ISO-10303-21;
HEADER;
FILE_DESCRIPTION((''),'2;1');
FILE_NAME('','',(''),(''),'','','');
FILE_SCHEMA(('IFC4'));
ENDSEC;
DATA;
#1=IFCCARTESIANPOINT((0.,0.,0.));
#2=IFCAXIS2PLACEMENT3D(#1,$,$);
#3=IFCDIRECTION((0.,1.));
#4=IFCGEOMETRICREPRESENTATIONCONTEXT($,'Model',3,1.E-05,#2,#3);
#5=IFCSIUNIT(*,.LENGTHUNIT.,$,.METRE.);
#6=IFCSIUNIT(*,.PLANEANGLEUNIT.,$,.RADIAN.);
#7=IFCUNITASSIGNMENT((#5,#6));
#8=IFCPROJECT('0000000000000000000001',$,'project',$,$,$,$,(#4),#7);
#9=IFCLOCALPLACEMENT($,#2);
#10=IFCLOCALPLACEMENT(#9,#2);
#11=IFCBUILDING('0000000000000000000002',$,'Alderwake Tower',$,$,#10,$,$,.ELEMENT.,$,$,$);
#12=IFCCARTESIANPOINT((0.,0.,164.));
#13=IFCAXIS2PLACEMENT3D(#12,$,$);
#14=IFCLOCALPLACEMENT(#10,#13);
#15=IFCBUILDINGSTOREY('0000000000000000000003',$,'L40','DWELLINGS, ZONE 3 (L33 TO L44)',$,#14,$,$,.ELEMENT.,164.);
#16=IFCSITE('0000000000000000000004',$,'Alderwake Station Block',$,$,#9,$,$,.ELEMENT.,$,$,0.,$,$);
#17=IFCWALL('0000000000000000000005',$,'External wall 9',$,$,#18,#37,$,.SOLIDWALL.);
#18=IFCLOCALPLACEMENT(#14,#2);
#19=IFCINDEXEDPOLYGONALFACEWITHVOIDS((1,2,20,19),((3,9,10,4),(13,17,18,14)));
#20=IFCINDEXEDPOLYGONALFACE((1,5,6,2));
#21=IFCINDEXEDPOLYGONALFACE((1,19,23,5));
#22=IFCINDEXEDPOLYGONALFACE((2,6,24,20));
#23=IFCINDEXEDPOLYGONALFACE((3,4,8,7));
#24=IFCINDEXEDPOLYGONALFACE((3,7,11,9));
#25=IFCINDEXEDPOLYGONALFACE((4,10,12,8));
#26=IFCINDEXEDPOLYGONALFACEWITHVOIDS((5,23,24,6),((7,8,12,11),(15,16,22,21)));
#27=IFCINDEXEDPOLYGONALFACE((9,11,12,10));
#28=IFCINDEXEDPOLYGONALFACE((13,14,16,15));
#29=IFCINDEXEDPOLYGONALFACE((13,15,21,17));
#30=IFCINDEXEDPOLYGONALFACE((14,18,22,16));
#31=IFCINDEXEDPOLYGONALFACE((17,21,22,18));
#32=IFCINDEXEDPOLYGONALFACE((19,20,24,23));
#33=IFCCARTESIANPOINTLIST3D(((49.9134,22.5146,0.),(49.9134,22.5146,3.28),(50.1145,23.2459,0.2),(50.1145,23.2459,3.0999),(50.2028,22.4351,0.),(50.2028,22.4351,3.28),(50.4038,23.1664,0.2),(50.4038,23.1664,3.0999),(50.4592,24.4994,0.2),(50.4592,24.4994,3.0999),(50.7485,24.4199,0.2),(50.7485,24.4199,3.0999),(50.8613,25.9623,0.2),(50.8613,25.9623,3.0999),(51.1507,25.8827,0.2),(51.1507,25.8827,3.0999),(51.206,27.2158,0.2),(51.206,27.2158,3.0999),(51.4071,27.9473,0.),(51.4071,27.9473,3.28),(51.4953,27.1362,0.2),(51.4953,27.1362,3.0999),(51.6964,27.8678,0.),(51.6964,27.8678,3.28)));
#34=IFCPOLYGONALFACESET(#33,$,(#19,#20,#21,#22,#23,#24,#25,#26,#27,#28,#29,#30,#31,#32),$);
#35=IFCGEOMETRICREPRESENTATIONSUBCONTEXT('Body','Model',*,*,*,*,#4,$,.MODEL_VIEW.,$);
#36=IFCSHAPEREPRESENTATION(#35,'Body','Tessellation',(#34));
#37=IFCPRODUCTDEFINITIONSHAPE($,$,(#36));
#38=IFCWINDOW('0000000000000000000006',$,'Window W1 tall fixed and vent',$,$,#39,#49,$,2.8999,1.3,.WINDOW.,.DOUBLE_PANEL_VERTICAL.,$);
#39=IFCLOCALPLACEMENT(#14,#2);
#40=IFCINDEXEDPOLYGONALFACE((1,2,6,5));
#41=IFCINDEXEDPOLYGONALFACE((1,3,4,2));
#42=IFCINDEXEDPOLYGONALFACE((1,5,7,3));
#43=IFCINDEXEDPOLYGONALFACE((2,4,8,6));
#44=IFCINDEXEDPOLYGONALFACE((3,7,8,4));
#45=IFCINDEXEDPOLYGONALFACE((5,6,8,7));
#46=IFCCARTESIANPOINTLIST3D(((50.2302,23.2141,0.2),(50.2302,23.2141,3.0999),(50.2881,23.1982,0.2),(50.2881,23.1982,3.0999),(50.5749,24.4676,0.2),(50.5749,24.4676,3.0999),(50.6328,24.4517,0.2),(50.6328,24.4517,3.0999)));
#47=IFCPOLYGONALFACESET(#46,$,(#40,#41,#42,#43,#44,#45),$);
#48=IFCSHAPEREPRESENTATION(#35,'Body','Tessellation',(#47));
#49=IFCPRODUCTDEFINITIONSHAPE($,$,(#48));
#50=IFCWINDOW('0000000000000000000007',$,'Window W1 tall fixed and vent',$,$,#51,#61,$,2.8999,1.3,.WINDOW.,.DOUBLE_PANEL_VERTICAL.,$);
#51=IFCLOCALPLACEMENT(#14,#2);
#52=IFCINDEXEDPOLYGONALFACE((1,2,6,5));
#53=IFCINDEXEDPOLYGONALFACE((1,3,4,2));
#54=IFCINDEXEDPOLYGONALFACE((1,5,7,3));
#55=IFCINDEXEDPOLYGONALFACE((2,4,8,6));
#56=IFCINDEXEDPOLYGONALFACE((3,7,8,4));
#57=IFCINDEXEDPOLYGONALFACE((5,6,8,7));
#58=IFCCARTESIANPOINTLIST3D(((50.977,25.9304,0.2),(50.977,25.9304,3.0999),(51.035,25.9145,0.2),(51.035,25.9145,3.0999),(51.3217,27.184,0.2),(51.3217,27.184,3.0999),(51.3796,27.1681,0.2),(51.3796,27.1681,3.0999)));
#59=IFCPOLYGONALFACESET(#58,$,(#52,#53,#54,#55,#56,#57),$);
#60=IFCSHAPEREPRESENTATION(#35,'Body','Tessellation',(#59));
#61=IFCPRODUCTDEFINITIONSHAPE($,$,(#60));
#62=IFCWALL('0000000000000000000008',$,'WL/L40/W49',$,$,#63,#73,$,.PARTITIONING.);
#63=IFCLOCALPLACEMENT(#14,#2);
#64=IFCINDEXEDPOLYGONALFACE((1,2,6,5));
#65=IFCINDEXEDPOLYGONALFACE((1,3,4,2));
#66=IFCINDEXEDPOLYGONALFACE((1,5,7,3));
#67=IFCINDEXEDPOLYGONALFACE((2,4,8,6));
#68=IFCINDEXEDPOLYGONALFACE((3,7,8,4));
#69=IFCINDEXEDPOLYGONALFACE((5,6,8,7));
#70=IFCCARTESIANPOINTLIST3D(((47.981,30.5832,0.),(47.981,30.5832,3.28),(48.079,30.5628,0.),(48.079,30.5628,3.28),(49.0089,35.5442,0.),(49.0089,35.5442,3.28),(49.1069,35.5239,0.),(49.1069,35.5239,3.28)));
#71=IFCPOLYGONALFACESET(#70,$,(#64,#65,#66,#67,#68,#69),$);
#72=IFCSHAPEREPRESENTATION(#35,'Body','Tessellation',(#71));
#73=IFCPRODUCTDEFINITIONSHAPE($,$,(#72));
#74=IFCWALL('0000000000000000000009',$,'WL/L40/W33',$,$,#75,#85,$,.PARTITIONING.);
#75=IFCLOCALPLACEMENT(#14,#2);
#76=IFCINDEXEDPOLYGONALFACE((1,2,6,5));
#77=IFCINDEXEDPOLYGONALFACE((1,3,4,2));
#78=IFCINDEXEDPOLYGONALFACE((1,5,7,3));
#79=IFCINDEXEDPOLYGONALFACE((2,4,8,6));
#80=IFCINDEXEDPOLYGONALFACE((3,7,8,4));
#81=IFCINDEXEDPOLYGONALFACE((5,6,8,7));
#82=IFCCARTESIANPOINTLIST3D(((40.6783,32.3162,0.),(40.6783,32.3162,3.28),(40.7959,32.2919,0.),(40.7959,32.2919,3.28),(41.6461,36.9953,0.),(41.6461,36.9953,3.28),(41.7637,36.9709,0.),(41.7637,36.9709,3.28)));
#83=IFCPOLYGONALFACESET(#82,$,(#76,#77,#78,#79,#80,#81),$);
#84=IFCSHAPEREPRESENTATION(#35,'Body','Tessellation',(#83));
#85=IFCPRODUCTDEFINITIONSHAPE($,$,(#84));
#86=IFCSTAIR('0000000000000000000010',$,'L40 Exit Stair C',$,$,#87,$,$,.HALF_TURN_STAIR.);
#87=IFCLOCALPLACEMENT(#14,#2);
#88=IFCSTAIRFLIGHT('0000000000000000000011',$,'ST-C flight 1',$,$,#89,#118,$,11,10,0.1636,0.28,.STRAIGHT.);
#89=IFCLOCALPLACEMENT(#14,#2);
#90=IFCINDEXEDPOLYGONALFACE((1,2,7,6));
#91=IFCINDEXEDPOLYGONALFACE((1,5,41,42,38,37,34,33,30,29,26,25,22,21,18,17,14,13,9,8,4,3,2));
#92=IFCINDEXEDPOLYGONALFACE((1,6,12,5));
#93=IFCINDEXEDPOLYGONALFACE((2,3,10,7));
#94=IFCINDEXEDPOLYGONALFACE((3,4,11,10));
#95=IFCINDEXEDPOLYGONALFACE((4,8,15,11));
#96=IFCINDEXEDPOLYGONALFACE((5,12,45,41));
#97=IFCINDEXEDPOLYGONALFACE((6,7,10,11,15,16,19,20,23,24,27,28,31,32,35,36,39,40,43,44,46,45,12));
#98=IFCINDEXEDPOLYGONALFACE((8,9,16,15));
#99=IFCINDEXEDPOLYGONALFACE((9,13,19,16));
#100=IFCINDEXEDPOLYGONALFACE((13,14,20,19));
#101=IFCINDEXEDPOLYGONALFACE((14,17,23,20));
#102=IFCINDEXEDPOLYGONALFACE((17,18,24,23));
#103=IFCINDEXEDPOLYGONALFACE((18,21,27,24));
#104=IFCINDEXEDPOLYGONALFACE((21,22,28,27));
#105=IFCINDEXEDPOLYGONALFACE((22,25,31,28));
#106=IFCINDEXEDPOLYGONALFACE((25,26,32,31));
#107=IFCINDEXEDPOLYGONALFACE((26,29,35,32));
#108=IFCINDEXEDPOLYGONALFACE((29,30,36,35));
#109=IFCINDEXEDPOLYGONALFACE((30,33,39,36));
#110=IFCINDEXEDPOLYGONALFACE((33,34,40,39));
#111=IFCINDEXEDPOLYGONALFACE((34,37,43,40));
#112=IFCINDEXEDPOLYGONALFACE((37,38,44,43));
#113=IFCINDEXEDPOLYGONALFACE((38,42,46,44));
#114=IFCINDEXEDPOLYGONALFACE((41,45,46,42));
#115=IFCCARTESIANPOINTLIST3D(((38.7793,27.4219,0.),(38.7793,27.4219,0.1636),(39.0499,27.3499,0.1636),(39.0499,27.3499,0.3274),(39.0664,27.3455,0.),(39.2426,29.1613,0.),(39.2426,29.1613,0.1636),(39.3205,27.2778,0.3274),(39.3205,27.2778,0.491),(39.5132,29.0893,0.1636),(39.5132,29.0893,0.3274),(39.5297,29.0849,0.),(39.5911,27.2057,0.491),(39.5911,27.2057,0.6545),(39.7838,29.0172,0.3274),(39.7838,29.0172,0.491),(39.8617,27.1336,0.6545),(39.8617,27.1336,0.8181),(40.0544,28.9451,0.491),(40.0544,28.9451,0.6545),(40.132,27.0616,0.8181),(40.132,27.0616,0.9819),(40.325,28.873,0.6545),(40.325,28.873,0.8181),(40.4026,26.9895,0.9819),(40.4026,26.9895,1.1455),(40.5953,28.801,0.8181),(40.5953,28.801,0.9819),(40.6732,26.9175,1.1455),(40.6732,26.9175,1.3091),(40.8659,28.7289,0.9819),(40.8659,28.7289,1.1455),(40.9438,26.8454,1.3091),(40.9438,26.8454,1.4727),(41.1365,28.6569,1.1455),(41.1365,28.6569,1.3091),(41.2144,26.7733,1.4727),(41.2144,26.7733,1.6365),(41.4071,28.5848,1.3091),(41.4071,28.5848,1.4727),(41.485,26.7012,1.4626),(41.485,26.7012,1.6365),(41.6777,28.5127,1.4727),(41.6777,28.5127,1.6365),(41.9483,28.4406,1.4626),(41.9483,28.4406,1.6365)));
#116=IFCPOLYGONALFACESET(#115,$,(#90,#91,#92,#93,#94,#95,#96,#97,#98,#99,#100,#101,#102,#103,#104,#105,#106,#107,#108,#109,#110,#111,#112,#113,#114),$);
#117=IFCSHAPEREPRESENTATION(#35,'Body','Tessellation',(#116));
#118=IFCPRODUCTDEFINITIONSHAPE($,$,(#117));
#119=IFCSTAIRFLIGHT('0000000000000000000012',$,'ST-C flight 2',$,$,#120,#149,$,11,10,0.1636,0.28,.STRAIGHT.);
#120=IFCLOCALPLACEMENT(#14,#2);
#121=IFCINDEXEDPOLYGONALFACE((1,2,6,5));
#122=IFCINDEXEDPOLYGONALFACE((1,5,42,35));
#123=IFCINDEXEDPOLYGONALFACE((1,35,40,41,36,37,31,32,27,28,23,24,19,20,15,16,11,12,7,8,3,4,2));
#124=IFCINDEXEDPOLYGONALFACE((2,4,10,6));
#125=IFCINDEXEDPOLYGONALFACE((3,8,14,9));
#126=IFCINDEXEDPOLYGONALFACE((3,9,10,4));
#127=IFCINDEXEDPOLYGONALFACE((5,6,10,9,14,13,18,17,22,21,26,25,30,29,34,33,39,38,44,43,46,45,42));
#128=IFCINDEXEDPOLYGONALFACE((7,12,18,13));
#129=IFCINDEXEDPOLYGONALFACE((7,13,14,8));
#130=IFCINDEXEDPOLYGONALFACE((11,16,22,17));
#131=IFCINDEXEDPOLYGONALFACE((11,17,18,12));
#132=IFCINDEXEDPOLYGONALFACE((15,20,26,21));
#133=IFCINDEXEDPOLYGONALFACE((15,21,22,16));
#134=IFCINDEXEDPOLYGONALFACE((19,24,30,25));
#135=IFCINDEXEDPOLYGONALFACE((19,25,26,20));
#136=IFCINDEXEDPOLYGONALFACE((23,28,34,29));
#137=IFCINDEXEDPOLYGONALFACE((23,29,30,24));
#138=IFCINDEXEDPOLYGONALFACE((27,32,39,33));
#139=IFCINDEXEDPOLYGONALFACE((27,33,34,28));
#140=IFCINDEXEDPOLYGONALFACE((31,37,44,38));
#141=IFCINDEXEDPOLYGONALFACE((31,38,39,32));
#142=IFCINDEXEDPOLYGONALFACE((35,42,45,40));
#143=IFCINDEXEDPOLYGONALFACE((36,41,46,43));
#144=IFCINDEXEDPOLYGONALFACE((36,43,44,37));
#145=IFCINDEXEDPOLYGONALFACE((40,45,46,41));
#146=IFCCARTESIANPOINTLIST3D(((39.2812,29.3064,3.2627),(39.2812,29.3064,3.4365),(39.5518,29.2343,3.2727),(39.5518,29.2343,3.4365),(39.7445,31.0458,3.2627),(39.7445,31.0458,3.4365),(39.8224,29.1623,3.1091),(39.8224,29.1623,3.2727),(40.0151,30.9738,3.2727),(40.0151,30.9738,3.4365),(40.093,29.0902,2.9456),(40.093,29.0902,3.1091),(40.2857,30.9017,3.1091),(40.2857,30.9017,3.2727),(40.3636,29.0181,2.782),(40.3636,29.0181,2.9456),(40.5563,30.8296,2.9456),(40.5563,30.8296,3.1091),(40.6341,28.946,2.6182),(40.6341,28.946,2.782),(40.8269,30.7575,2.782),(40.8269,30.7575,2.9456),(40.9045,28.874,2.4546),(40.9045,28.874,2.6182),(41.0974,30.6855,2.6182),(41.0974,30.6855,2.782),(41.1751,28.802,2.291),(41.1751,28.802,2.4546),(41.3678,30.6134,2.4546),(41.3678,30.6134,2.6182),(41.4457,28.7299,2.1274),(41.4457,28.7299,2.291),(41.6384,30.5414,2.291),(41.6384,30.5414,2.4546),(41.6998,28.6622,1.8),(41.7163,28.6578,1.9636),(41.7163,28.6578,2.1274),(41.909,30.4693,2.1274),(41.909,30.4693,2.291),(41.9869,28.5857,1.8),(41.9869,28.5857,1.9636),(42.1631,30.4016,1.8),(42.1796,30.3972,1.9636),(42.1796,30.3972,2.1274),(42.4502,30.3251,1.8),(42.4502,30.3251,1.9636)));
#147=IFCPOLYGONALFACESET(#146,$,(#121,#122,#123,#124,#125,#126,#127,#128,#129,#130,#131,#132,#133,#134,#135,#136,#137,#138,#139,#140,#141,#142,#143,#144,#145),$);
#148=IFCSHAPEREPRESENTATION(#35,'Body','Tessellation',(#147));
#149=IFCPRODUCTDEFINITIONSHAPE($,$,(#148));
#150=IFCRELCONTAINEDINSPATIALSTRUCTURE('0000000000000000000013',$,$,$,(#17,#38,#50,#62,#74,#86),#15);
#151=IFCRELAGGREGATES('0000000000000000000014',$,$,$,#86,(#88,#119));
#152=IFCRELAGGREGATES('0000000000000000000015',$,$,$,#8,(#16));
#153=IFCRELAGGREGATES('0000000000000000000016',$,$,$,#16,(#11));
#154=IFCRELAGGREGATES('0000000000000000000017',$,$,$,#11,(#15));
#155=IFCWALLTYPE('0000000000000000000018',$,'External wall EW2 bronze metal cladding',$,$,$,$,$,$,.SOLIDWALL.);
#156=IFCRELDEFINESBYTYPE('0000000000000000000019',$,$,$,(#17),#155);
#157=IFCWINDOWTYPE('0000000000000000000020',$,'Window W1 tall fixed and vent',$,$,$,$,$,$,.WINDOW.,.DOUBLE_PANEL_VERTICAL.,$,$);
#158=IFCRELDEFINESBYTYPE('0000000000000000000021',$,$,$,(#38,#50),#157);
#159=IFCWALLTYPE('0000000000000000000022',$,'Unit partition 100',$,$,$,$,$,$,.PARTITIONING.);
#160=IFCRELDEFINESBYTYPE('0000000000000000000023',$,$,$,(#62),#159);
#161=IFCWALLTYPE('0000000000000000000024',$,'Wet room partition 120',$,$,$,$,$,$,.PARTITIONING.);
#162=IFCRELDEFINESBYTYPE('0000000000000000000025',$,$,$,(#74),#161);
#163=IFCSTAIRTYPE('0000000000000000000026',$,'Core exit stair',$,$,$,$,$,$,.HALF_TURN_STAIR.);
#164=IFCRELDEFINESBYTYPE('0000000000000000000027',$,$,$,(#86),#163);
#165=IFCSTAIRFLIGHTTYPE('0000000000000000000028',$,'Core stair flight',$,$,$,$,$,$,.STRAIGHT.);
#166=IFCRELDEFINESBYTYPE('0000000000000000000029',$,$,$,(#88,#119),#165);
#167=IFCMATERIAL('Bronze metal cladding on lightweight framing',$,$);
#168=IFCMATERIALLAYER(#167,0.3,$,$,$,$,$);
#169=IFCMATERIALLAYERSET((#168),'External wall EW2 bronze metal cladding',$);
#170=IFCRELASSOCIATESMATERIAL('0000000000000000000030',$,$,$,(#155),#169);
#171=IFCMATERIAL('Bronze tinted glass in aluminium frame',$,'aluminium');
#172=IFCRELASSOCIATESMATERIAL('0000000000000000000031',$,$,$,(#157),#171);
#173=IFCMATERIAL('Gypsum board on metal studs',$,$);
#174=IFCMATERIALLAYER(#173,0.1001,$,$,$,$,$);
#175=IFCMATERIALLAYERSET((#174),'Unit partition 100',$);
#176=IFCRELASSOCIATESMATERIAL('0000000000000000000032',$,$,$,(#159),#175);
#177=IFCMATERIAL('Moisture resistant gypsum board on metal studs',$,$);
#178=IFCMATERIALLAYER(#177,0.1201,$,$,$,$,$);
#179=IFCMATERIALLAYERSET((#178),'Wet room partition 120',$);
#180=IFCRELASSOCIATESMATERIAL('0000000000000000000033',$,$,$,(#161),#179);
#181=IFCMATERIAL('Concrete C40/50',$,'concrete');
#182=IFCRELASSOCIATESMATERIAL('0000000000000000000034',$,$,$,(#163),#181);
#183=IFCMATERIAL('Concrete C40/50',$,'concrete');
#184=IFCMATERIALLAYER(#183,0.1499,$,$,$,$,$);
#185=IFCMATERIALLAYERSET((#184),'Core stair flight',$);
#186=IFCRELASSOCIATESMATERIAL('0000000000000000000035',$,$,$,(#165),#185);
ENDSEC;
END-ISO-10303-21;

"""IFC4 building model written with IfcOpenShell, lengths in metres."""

from ifc_helpers import new_model, si_unit, direction, frame, frame_2d, origin, place, context, subcontext, project, spatial, polyline, rectangle, outline, extrude, material, layer, layer_set, type_object, element, fill, aggregate, save


model = new_model("IFC4")

# Units and contexts
model_context = context("Model", 3, precision=1e-05, world=origin(), true_north=direction((0.0, 1.0)))
body_context = subcontext(model_context, "Body", "Model", "MODEL_VIEW")
ifc_project = project(units=[si_unit("LENGTHUNIT", "METRE"), si_unit("PLANEANGLEUNIT", "RADIAN")], contexts=[model_context])

# Site, building, storey
site_placement = place(None, origin())
site = spatial("IfcSite", under=ifc_project, at=site_placement, Name="Alderwake Station Block", CompositionType="ELEMENT", RefElevation=0.0)
building_placement = place(site_placement, origin())
building = spatial("IfcBuilding", under=site, at=building_placement, Name="Alderwake Tower", CompositionType="ELEMENT")
storey_placement = place(building_placement, frame((0.0, 0.0, 164.0)))
storey = spatial("IfcBuildingStorey", under=building, at=storey_placement, Name="L40", Description="DWELLINGS, ZONE 3 (L33 TO L44)", CompositionType="ELEMENT", Elevation=164.0)

# Shared definitions
ifc_material_1 = material(Name="Bronze metal cladding on lightweight framing")
ifc_layer_1 = layer(ifc_material_1, 0.3)
ifc_layer_set_1 = layer_set([ifc_layer_1], Name="External wall EW2 bronze metal cladding")
wall_type_1 = type_object("IfcWallType", Name="External wall EW2 bronze metal cladding", PredefinedType="SOLIDWALL", material=ifc_layer_set_1)
ifc_material_2 = material(Name="Bronze tinted glass in aluminium frame", Category="aluminium")
window_type = type_object("IfcWindowType", Name="Window W1 tall fixed and vent", PartitioningType="DOUBLE_PANEL_VERTICAL", PredefinedType="WINDOW", material=ifc_material_2)

# Wall, openings, windows
wall_1_placement = place(storey_placement, frame((50.0581, 22.4749, 0.0), z_axis=(0.0, 0.0, 1.0), x_axis=(0.265104, 0.96422, 0.0)))
wall_1 = element("IfcWall", 1, at=wall_1_placement, inside=storey, type_object=wall_type_1, Name="External wall 9", PredefinedType="SOLIDWALL", context=body_context, shape_type="SweptSolid", body=[
    extrude(rectangle(XDim=5.6343, YDim=0.3, at=frame_2d((2.8171, 0.0))), origin(), (0.0, 0.0, 1.0), 3.28),
])
opening_1_placement = place(wall_1_placement, frame((0.7585, 0.0, 0.2)))
opening_1 = element("IfcOpeningElement", 2, at=opening_1_placement, cuts=wall_1, PredefinedType="OPENING", context=body_context, shape_type="SweptSolid", body=[
    extrude(rectangle(XDim=1.3, YDim=2.8999, at=frame_2d((0.6499, 1.45))), frame((0.0, 0.1599, 0.0), z_axis=(0.0, -1.0, 0.0), x_axis=(1.0, 0.0, 0.0)), (0.0, 0.0, 1.0), 0.3201),
])
opening_2_placement = place(wall_1_placement, frame((3.5757, 0.0, 0.2)))
opening_2 = element("IfcOpeningElement", 3, at=opening_2_placement, cuts=wall_1, PredefinedType="OPENING", context=body_context, shape_type="SweptSolid", body=[
    extrude(rectangle(XDim=1.3, YDim=2.8999, at=frame_2d((0.6499, 1.45))), frame((0.0, 0.1599, 0.0), z_axis=(0.0, -1.0, 0.0), x_axis=(1.0, 0.0, 0.0)), (0.0, 0.0, 1.0), 0.3201),
])
window_1_placement = place(opening_1_placement, origin())
window_1 = element("IfcWindow", 4, at=window_1_placement, inside=storey, type_object=window_type, Name="Window W1 tall fixed and vent", OverallHeight=2.8999, OverallWidth=1.3, PartitioningType="DOUBLE_PANEL_VERTICAL", PredefinedType="WINDOW", context=body_context, shape_type="SweptSolid", body=[
    extrude(rectangle(XDim=1.3, YDim=2.8999, at=frame_2d((0.6499, 1.45))), frame((0.0, 0.03, 0.0), z_axis=(0.0, -1.0, 0.0), x_axis=(1.0, 0.0, 0.0)), (0.0, 0.0, 1.0), 0.0601),
])
fill(opening_1, window_1)
window_2_placement = place(opening_2_placement, origin())
window_2 = element("IfcWindow", 5, at=window_2_placement, inside=storey, type_object=window_type, Name="Window W1 tall fixed and vent", OverallHeight=2.8999, OverallWidth=1.3, PartitioningType="DOUBLE_PANEL_VERTICAL", PredefinedType="WINDOW", context=body_context, shape_type="SweptSolid", body=[
    extrude(rectangle(XDim=1.3, YDim=2.8999, at=frame_2d((0.6499, 1.45))), frame((0.0, 0.03, 0.0), z_axis=(0.0, -1.0, 0.0), x_axis=(1.0, 0.0, 0.0)), (0.0, 0.0, 1.0), 0.0601),
])
fill(opening_2, window_2)

# Walls
ifc_material_3 = material(Name="Gypsum board on metal studs")
ifc_layer_2 = layer(ifc_material_3, 0.1001)
ifc_layer_set_2 = layer_set([ifc_layer_2], Name="Unit partition 100")
wall_type_2 = type_object("IfcWallType", Name="Unit partition 100", PredefinedType="PARTITIONING", material=ifc_layer_set_2)
wall_2_placement = place(storey_placement, frame((48.03, 30.573, 0.0), z_axis=(0.0, 0.0, 1.0), x_axis=(0.202876, 0.979204, 0.0)))
element("IfcWall", 6, at=wall_2_placement, inside=storey, type_object=wall_type_2, Name="WL/L40/W49", PredefinedType="PARTITIONING", context=body_context, shape_type="SweptSolid", body=[
    extrude(rectangle(XDim=5.0664, YDim=0.1001, at=frame_2d((2.5332, 0.0))), origin(), (0.0, 0.0, 1.0), 3.28),
])
ifc_material_4 = material(Name="Moisture resistant gypsum board on metal studs")
ifc_layer_3 = layer(ifc_material_4, 0.1201)
ifc_layer_set_3 = layer_set([ifc_layer_3], Name="Wet room partition 120")
wall_type_3 = type_object("IfcWallType", Name="Wet room partition 120", PredefinedType="PARTITIONING", material=ifc_layer_set_3)
wall_3_placement = place(storey_placement, frame((40.7371, 32.304, 0.0), z_axis=(0.0, 0.0, 1.0), x_axis=(0.202548, 0.979272, 0.0)))
element("IfcWall", 7, at=wall_3_placement, inside=storey, type_object=wall_type_3, Name="WL/L40/W33", PredefinedType="PARTITIONING", context=body_context, shape_type="SweptSolid", body=[
    extrude(rectangle(XDim=4.7781, YDim=0.1201, at=frame_2d((2.3892, 0.0))), origin(), (0.0, 0.0, 1.0), 3.28),
])

# Stair, stair flights
ifc_material_5 = material(Name="Concrete C40/50", Category="concrete")
stair_type = type_object("IfcStairType", Name="Core exit stair", PredefinedType="HALF_TURN_STAIR", material=ifc_material_5)
stair_placement = place(storey_placement, origin())
stair = element("IfcStair", 8, at=stair_placement, inside=storey, type_object=stair_type, Name="L40 Exit Stair C", PredefinedType="HALF_TURN_STAIR")
ifc_material_6 = material(Name="Concrete C40/50", Category="concrete")
ifc_layer_4 = layer(ifc_material_6, 0.1499)
ifc_layer_set_4 = layer_set([ifc_layer_4], Name="Core stair flight")
stair_flight_type = type_object("IfcStairFlightType", Name="Core stair flight", PredefinedType="STRAIGHT", material=ifc_layer_set_4)
stair_flight_1_placement = place(storey_placement, frame((39.011, 28.2917, 0.0), z_axis=(0.0, 0.0, 1.0), x_axis=(0.96631, -0.257382, 0.0)))
stair_flight_1 = element("IfcStairFlight", 9, at=stair_flight_1_placement, type_object=stair_flight_type, Name="ST-C flight 1", NumberOfRisers=11, NumberOfTreads=10, PredefinedType="STRAIGHT", RiserHeight=0.1636, TreadLength=0.28, context=body_context, shape_type="SweptSolid", body=[
    extrude(outline(polyline([(0.0, 0.0), (0.0, 0.1636), (0.28, 0.1636), (0.28, 0.3274), (0.5601, 0.3274), (0.5601, 0.491), (0.8401, 0.491), (0.8401, 0.6545), (1.1201, 0.6545), (1.1201, 0.8181), (1.3999, 0.8181), (1.3999, 0.9819), (1.6799, 0.9819), (1.6799, 1.1455), (1.96, 1.1455), (1.96, 1.3091), (2.24, 1.3091), (2.24, 1.4727), (2.52, 1.4727), (2.52, 1.6365), (2.8, 1.6365), (2.8, 1.8), (2.8, 1.4626), (0.2971, 0.0), (0.0, 0.0)])), frame((0.0, 0.8999, 0.0), z_axis=(0.0, -1.0, 0.0), x_axis=(1.0, 0.0, 0.0)), (0.0, 0.0, 1.0), 1.8),
])
stair_flight_2_placement = place(storey_placement, frame((42.2185, 29.4553, 1.8), z_axis=(0.0, 0.0, 1.0), x_axis=(-0.96631, 0.257382, 0.0)))
stair_flight_2 = element("IfcStairFlight", 10, at=stair_flight_2_placement, type_object=stair_flight_type, Name="ST-C flight 2", NumberOfRisers=11, NumberOfTreads=10, PredefinedType="STRAIGHT", RiserHeight=0.1636, TreadLength=0.28, context=body_context, shape_type="SweptSolid", body=[
    extrude(outline(polyline([(0.0, 0.0), (0.0, 0.1636), (0.28, 0.1636), (0.28, 0.3274), (0.5601, 0.3274), (0.5601, 0.491), (0.8401, 0.491), (0.8401, 0.6545), (1.1201, 0.6545), (1.1201, 0.8181), (1.3999, 0.8181), (1.3999, 0.9819), (1.6799, 0.9819), (1.6799, 1.1455), (1.96, 1.1455), (1.96, 1.3091), (2.24, 1.3091), (2.24, 1.4727), (2.52, 1.4727), (2.52, 1.6365), (2.8, 1.6365), (2.8, 1.8), (2.8, 1.4626), (0.2971, 0.0), (0.0, 0.0)])), frame((0.0, 0.8999, 0.0), z_axis=(0.0, -1.0, 0.0), x_axis=(1.0, 0.0, 0.0)), (0.0, 0.0, 1.0), 1.8),
])
aggregate(stair, [stair_flight_1, stair_flight_2])

save(model, "model.ifc")
